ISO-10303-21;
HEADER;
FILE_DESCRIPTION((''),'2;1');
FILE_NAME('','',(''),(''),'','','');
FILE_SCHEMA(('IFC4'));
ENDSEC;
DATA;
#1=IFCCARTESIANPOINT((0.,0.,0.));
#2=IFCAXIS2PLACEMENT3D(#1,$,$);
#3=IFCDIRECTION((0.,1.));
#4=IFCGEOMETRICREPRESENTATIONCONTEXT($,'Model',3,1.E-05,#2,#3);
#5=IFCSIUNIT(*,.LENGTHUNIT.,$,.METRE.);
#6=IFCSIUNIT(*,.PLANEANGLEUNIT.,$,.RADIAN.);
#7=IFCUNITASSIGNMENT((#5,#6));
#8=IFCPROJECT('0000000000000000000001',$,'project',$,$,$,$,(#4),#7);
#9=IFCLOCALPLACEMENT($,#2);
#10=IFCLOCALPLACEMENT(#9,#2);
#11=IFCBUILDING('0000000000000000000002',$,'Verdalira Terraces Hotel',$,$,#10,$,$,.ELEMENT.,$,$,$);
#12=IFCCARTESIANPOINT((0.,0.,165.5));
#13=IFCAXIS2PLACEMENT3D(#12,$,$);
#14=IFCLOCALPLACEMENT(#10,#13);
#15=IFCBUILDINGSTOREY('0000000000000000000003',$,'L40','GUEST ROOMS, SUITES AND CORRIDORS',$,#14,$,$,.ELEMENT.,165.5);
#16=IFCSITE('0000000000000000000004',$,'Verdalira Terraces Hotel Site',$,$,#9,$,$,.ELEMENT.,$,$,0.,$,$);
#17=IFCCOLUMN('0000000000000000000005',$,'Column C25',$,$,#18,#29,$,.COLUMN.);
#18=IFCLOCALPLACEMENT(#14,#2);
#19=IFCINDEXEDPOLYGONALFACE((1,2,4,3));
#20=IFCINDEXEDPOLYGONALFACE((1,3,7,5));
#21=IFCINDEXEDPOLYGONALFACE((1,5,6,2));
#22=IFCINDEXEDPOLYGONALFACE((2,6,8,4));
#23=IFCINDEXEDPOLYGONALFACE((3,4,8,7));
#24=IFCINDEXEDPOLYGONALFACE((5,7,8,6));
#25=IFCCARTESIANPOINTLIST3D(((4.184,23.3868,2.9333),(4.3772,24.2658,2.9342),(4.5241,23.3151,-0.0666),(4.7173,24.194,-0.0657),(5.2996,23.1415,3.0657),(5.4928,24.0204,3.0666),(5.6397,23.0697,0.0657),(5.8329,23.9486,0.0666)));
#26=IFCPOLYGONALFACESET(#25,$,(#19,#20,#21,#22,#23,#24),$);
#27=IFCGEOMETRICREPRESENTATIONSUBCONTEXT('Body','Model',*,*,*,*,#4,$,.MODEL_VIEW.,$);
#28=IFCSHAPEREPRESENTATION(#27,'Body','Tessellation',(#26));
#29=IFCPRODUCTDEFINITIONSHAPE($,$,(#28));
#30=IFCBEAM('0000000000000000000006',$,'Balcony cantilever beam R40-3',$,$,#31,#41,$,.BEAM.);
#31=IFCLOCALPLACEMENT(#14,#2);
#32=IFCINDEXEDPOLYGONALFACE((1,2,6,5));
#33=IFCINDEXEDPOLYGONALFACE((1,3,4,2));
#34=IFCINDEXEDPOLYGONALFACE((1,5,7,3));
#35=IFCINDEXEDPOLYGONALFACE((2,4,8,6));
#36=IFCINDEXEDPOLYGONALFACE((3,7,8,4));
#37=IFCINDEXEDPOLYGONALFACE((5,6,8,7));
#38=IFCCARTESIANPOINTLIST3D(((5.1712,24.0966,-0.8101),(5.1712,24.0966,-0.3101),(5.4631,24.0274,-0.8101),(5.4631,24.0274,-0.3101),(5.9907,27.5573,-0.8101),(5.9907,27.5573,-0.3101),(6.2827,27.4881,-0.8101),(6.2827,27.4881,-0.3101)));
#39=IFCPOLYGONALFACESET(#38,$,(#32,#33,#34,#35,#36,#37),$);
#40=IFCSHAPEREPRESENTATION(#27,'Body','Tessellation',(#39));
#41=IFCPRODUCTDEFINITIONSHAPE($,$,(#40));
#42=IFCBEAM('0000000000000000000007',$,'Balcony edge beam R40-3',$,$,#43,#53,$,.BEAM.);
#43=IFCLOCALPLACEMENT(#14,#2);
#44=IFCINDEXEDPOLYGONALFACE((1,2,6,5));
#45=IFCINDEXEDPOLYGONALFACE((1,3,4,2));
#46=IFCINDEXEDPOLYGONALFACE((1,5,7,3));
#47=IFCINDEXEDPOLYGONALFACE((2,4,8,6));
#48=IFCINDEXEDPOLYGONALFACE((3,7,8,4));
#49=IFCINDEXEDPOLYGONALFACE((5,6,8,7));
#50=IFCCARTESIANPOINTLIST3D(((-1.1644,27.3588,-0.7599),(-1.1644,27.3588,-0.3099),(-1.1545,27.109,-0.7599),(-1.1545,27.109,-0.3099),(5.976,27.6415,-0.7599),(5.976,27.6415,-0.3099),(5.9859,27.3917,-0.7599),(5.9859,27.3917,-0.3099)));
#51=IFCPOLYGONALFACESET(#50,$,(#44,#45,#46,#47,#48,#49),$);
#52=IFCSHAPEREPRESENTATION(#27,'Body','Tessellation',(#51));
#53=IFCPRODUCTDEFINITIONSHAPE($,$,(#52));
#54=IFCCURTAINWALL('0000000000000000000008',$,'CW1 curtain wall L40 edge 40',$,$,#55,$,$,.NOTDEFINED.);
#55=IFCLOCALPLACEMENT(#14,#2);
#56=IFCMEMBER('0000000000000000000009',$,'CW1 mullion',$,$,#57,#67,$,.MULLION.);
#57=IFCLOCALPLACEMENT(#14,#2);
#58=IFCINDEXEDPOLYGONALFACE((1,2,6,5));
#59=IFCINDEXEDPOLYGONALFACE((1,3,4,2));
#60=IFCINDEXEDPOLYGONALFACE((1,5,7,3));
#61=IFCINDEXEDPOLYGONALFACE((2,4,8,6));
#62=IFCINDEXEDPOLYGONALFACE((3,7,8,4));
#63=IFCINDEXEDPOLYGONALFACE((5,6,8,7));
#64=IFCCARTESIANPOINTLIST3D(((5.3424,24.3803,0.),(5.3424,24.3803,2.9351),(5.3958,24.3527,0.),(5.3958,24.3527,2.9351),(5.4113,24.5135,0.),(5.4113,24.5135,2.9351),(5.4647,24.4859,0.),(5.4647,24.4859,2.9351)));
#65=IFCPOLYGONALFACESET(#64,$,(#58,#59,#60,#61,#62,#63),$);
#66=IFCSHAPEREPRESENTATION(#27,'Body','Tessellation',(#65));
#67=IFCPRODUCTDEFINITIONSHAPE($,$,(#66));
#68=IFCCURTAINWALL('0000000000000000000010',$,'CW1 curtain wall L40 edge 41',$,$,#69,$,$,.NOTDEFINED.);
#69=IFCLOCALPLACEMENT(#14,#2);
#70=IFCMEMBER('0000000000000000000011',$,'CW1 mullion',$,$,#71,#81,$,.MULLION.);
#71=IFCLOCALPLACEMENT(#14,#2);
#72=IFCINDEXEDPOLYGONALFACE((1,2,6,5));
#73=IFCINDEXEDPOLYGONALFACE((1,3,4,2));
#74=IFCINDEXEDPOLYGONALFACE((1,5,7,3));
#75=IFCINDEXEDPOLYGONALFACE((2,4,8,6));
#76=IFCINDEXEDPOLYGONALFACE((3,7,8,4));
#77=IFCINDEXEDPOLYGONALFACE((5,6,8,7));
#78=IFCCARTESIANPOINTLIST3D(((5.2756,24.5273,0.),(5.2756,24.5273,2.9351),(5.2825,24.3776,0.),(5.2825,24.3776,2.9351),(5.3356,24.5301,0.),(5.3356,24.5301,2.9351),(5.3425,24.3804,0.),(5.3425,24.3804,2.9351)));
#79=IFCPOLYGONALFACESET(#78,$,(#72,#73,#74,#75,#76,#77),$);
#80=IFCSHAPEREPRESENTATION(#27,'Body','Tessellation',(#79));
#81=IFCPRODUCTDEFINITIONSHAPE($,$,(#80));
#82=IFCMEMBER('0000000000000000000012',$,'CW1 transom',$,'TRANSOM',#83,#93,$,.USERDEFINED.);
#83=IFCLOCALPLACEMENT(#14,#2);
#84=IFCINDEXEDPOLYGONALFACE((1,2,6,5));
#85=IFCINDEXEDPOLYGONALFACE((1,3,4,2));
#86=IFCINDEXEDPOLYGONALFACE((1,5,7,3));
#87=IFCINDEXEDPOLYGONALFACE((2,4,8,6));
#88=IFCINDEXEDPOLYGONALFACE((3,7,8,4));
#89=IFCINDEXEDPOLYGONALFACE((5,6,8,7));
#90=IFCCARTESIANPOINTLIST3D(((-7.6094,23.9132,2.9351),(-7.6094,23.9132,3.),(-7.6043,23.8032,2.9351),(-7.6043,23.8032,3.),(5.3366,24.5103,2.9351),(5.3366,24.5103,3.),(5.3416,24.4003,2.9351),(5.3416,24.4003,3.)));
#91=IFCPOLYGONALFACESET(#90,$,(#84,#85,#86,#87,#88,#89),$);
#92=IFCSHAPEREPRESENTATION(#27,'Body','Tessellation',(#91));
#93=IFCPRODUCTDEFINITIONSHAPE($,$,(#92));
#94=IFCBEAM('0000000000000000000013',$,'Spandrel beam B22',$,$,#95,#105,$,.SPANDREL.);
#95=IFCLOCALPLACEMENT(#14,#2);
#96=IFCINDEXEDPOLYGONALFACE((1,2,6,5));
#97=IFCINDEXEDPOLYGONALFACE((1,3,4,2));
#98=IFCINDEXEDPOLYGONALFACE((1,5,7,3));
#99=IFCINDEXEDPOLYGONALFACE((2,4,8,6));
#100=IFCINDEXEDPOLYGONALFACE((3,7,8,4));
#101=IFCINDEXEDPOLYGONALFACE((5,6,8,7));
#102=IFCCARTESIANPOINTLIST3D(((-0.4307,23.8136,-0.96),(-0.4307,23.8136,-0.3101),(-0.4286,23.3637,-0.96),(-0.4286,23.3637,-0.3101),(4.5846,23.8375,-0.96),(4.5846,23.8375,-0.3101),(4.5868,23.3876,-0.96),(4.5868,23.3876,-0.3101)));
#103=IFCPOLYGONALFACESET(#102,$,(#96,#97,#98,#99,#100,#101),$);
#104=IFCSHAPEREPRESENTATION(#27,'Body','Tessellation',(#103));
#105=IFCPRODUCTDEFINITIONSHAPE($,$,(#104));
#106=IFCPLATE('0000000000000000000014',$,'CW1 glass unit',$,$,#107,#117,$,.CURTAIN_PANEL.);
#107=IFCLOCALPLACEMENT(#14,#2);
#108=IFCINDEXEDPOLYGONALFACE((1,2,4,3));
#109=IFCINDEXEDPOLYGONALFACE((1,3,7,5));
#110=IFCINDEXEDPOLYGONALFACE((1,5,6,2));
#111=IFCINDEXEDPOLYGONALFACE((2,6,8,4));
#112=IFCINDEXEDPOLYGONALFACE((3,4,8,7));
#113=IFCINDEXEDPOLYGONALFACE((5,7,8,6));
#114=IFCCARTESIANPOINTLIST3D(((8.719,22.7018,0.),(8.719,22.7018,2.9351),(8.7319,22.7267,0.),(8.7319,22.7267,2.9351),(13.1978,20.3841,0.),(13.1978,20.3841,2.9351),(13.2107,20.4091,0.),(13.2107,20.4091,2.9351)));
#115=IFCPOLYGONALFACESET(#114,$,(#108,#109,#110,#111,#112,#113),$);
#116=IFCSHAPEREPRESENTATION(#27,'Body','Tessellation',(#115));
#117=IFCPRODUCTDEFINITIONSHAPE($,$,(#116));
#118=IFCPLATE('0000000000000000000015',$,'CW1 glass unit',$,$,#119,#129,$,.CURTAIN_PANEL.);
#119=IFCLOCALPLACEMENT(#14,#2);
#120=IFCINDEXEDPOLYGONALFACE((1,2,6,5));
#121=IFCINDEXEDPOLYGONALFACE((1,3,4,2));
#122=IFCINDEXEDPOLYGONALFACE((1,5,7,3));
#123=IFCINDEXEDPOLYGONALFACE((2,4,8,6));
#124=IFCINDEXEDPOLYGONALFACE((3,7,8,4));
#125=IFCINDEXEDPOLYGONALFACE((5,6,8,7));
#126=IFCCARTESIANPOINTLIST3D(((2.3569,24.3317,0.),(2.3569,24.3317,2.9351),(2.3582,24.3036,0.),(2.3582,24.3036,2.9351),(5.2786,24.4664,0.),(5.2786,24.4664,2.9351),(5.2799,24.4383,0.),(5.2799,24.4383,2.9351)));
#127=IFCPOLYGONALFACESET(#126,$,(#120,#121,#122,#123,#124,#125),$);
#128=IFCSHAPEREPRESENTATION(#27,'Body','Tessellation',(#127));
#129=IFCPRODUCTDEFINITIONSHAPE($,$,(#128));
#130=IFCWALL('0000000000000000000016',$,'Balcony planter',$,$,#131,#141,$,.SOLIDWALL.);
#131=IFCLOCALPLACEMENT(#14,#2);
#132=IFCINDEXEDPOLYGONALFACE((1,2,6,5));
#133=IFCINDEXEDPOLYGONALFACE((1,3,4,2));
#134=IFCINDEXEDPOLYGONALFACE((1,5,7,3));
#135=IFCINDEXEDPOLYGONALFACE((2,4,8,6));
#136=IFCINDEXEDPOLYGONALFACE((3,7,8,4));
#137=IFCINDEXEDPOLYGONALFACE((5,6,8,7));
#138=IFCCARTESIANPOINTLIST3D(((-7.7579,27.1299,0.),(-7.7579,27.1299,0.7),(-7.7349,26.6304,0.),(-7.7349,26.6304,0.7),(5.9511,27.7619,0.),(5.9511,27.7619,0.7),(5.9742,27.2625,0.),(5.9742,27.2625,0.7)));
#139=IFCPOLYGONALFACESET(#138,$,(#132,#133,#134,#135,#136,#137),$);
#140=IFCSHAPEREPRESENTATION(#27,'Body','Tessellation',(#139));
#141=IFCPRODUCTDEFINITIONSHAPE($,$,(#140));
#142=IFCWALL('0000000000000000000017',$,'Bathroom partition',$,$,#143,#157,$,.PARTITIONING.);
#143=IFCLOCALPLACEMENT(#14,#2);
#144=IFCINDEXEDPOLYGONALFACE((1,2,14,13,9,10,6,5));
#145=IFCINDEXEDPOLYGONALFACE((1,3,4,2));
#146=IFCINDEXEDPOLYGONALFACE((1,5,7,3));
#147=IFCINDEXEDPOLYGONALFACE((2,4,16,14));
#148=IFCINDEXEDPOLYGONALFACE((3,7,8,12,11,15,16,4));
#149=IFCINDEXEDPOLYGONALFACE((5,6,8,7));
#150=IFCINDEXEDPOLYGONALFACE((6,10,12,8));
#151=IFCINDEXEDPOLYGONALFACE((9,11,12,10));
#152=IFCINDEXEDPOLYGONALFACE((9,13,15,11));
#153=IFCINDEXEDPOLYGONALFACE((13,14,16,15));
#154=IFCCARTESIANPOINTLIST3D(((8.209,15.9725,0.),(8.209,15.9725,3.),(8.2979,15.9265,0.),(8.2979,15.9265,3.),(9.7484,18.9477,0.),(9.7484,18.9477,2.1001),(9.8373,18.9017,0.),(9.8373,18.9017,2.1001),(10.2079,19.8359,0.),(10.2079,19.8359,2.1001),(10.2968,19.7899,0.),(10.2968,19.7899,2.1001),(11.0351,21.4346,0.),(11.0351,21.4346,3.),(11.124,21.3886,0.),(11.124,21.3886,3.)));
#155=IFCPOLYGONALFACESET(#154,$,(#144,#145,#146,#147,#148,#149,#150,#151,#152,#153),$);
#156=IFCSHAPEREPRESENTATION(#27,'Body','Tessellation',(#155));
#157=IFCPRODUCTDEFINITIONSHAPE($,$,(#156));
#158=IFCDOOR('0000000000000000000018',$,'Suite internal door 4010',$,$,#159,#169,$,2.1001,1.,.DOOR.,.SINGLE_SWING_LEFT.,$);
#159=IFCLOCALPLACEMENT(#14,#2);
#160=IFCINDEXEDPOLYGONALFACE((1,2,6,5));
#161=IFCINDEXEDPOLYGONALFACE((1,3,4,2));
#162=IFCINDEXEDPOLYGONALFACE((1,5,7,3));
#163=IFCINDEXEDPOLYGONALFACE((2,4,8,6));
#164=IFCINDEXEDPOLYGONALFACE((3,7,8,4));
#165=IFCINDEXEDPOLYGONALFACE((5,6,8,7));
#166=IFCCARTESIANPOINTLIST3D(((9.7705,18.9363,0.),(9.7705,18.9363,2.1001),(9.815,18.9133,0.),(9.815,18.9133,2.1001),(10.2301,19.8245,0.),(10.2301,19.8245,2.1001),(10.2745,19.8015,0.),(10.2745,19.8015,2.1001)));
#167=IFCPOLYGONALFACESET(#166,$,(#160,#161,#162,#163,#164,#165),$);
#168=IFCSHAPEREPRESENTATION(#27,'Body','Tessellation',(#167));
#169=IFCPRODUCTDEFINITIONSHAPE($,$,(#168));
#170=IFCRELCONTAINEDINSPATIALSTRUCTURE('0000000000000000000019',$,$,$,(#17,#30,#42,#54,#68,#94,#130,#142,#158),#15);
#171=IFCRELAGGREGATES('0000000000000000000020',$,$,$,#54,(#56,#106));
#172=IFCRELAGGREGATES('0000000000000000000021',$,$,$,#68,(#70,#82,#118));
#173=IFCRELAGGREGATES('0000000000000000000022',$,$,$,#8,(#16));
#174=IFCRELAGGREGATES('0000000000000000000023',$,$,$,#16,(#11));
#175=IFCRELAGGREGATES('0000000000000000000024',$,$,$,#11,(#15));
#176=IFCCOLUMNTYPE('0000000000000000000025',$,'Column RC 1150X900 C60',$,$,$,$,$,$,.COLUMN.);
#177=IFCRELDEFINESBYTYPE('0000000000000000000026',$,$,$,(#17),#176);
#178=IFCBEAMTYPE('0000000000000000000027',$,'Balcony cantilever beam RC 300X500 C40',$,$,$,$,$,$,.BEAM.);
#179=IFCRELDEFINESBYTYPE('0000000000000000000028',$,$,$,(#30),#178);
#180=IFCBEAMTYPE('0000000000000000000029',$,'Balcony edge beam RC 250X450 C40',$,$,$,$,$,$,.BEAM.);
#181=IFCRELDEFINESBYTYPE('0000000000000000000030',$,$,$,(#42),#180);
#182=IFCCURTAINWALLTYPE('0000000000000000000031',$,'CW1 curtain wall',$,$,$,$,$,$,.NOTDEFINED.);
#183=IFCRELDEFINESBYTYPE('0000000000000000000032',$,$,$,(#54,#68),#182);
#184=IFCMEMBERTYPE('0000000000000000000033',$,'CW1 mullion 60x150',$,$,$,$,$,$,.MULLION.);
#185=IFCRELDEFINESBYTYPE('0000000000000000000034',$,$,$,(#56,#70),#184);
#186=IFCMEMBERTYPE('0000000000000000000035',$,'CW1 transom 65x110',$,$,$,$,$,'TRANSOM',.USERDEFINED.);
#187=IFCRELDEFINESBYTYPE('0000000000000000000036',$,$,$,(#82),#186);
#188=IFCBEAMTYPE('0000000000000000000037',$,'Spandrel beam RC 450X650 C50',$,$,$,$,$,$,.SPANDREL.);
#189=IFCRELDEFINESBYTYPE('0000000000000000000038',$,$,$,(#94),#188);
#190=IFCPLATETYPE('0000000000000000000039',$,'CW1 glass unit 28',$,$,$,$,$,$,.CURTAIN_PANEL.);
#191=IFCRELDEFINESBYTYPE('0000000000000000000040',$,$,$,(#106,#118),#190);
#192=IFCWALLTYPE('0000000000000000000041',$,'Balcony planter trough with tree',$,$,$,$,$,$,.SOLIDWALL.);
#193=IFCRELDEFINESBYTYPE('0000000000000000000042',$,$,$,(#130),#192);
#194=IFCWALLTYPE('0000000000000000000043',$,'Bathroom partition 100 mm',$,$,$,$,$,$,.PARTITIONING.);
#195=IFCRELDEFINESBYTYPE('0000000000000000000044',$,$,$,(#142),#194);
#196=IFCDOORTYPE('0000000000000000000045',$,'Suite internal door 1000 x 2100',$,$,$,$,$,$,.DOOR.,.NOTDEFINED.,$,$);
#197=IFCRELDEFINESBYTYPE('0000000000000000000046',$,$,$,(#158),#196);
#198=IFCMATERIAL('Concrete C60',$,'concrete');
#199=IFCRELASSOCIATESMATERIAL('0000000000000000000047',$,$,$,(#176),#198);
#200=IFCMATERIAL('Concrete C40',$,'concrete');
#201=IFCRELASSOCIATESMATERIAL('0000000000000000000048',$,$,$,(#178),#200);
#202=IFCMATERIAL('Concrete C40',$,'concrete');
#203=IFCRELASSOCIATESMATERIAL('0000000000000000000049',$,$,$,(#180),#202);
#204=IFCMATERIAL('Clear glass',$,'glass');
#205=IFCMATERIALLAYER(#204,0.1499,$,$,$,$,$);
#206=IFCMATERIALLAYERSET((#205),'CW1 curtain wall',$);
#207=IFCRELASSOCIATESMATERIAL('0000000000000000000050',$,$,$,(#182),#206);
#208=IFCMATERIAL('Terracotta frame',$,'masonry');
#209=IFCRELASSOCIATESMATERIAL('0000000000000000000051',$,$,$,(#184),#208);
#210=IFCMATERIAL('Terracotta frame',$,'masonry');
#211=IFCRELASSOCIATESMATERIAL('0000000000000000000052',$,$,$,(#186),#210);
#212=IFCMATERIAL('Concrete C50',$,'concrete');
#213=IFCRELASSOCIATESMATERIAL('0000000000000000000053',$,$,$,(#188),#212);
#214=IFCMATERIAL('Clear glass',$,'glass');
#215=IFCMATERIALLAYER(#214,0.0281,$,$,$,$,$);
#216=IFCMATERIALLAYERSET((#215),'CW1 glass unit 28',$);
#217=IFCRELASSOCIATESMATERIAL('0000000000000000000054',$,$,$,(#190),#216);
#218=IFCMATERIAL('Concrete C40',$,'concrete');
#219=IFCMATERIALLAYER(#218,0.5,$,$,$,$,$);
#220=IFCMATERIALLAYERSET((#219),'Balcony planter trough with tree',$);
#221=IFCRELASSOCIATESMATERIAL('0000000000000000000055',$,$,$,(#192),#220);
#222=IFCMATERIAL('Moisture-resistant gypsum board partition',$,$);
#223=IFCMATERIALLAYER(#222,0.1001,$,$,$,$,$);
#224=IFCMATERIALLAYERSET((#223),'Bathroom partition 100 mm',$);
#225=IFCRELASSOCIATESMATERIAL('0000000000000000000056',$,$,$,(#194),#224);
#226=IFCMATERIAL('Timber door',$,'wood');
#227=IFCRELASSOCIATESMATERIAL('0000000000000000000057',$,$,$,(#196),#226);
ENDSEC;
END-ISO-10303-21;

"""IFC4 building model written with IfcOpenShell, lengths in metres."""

from ifc_helpers import new_model, si_unit, direction, frame, frame_2d, origin, origin_2d, place, context, subcontext, project, spatial, rectangle, extrude, material, layer, layer_set, material_profile, profile_set, type_object, element, fill, aggregate, save


model = new_model("IFC4")

# Units and contexts
model_context = context("Model", 3, precision=1e-05, world=origin(), true_north=direction((0.0, 1.0)))
body_context = subcontext(model_context, "Body", "Model", "MODEL_VIEW")
ifc_project = project(units=[si_unit("LENGTHUNIT", "METRE"), si_unit("PLANEANGLEUNIT", "RADIAN")], contexts=[model_context])

# Site, building, storey
site_placement = place(None, origin())
site = spatial("IfcSite", under=ifc_project, at=site_placement, Name="Verdalira Terraces Hotel Site", CompositionType="ELEMENT", RefElevation=0.0)
building_placement = place(site_placement, origin())
building = spatial("IfcBuilding", under=site, at=building_placement, Name="Verdalira Terraces Hotel", CompositionType="ELEMENT")
storey_placement = place(building_placement, frame((0.0, 0.0, 165.5)))
storey = spatial("IfcBuildingStorey", under=building, at=storey_placement, Name="L40", Description="GUEST ROOMS, SUITES AND CORRIDORS", CompositionType="ELEMENT", Elevation=165.5)

# Column
ifc_material_1 = material(Name="Concrete C60", Category="concrete")
ifc_material_profile_1 = material_profile(ifc_material_1, rectangle(XDim=1.1499, YDim=0.8999, at=origin_2d()), Name="RC 1150X900")
ifc_profile_set_1 = profile_set([ifc_material_profile_1], Name="Concrete C60")
column_type = type_object("IfcColumnType", Name="Column RC 1150X900 C60", PredefinedType="COLUMN", material=ifc_profile_set_1)
column_placement = place(storey_placement, frame((5.1785, 23.6318, 0.0), z_axis=(-0.112609, 0.023767, 0.993355), x_axis=(0.970168, -0.213378, 0.115086)))
element("IfcColumn", 1, at=column_placement, inside=storey, type_object=column_type, Name="Column C25", PredefinedType="COLUMN", context=body_context, shape_type="SweptSolid", body=[
    extrude(rectangle(XDim=1.1499, YDim=0.8999, at=origin_2d()), origin(), (0.0, 0.0, 1.0), 3.02),
])

# Beams
ifc_material_2 = material(Name="Concrete C40", Category="concrete")
ifc_material_profile_2 = material_profile(ifc_material_2, rectangle(XDim=0.3, YDim=0.5, at=origin_2d()), Name="RC 300X500")
ifc_profile_set_2 = profile_set([ifc_material_profile_2], Name="Concrete C40")
beam_type_1 = type_object("IfcBeamType", Name="Balcony cantilever beam RC 300X500 C40", PredefinedType="BEAM", material=ifc_profile_set_2)
beam_1_placement = place(storey_placement, frame((5.3171, 24.062, -0.5601), z_axis=(0.230451, 0.973084, 0.0), x_axis=(-0.973084, 0.230451, 0.0)))
element("IfcBeam", 2, at=beam_1_placement, inside=storey, type_object=beam_type_1, Name="Balcony cantilever beam R40-3", PredefinedType="BEAM", context=body_context, shape_type="SweptSolid", body=[
    extrude(rectangle(XDim=0.3, YDim=0.5, at=origin_2d()), origin(), (0.0, 0.0, 1.0), 3.5564),
])
ifc_material_3 = material(Name="Concrete C40", Category="concrete")
ifc_material_profile_3 = material_profile(ifc_material_3, rectangle(XDim=0.25, YDim=0.45, at=origin_2d()), Name="RC 250X450")
ifc_profile_set_3 = profile_set([ifc_material_profile_3], Name="Concrete C40")
beam_type_2 = type_object("IfcBeamType", Name="Balcony edge beam RC 250X450 C40", PredefinedType="BEAM", material=ifc_profile_set_3)
beam_2_placement = place(storey_placement, frame((5.981, 27.5166, -0.5349), z_axis=(-0.999217, -0.039563, 0.0), x_axis=(0.039563, -0.999217, 0.0)))
element("IfcBeam", 3, at=beam_2_placement, inside=storey, type_object=beam_type_2, Name="Balcony edge beam R40-3", PredefinedType="BEAM", context=body_context, shape_type="SweptSolid", body=[
    extrude(rectangle(XDim=0.25, YDim=0.45, at=origin_2d()), origin(), (0.0, 0.0, 1.0), 7.146),
])

# Curtain wall, member
ifc_material_4 = material(Name="Clear glass", Category="glass")
ifc_layer_1 = layer(ifc_material_4, 0.1499)
ifc_layer_set_1 = layer_set([ifc_layer_1], Name="CW1 curtain wall")
curtain_wall_type = type_object("IfcCurtainWallType", Name="CW1 curtain wall", PredefinedType="NOTDEFINED", material=ifc_layer_set_1)
curtain_wall_1_placement = place(storey_placement, origin())
curtain_wall_1 = element("IfcCurtainWall", 4, at=curtain_wall_1_placement, inside=storey, type_object=curtain_wall_type, Name="CW1 curtain wall L40 edge 40", PredefinedType="NOTDEFINED")
ifc_material_5 = material(Name="Terracotta frame", Category="masonry")
ifc_material_profile_4 = material_profile(ifc_material_5, rectangle(XDim=0.0601, YDim=0.1499, at=origin_2d()), Name="MU 60x150")
ifc_profile_set_4 = profile_set([ifc_material_profile_4], Name="Terracotta frame")
member_type_1 = type_object("IfcMemberType", Name="CW1 mullion 60x150", PredefinedType="MULLION", material=ifc_profile_set_4)
member_1_placement = place(storey_placement, frame((5.4036, 24.4331, 0.0), z_axis=(0.0, 0.0, 1.0), x_axis=(-0.888136, 0.45958, 0.0)))
member_1 = element("IfcMember", 5, at=member_1_placement, type_object=member_type_1, Name="CW1 mullion", PredefinedType="MULLION", context=body_context, shape_type="SweptSolid", body=[
    extrude(rectangle(XDim=0.0601, YDim=0.1499, at=origin_2d()), origin(), (0.0, 0.0, 1.0), 2.9351),
])

# Curtain wall, members
curtain_wall_2_placement = place(storey_placement, origin())
curtain_wall_2 = element("IfcCurtainWall", 6, at=curtain_wall_2_placement, inside=storey, type_object=curtain_wall_type, Name="CW1 curtain wall L40 edge 41", PredefinedType="NOTDEFINED")
member_2_placement = place(storey_placement, frame((5.3091, 24.4539, 0.0), z_axis=(0.0, 0.0, 1.0), x_axis=(-0.998939, -0.04606, 0.0)))
member_2 = element("IfcMember", 7, at=member_2_placement, type_object=member_type_1, Name="CW1 mullion", PredefinedType="MULLION", context=body_context, shape_type="SweptSolid", body=[
    extrude(rectangle(XDim=0.0601, YDim=0.1499, at=origin_2d()), origin(), (0.0, 0.0, 1.0), 2.9351),
])
ifc_material_6 = material(Name="Terracotta frame", Category="masonry")
ifc_material_profile_5 = material_profile(ifc_material_6, rectangle(XDim=0.1101, YDim=0.0649, at=origin_2d()), Name="TR 65x110")
ifc_profile_set_5 = profile_set([ifc_material_profile_5], Name="Terracotta frame")
member_type_2 = type_object("IfcMemberType", Name="CW1 transom 65x110", ElementType="TRANSOM", PredefinedType="USERDEFINED", material=ifc_profile_set_5)
member_3_placement = place(storey_placement, frame((5.3391, 24.4553, 2.9675), z_axis=(-0.998938, -0.046078, 0.0), x_axis=(0.046078, -0.998938, 0.0)))
member_3 = element("IfcMember", 8, at=member_3_placement, type_object=member_type_2, Name="CW1 transom", ObjectType="TRANSOM", PredefinedType="USERDEFINED", context=body_context, shape_type="SweptSolid", body=[
    extrude(rectangle(XDim=0.1101, YDim=0.0649, at=origin_2d()), origin(), (0.0, 0.0, 1.0), 12.9597),
])

# Beam
ifc_material_7 = material(Name="Concrete C50", Category="concrete")
ifc_material_profile_6 = material_profile(ifc_material_7, rectangle(XDim=0.45, YDim=0.6499, at=origin_2d()), Name="RC 450X650")
ifc_profile_set_6 = profile_set([ifc_material_profile_6], Name="Concrete C50")
beam_type_3 = type_object("IfcBeamType", Name="Spandrel beam RC 450X650 C50", PredefinedType="SPANDREL", material=ifc_profile_set_6)
beam_3_placement = place(storey_placement, frame((4.5857, 23.6125, -0.635), z_axis=(-0.999989, -0.00477, 0.0), x_axis=(0.00477, -0.999989, 0.0)))
element("IfcBeam", 9, at=beam_3_placement, inside=storey, type_object=beam_type_3, Name="Spandrel beam B22", PredefinedType="SPANDREL", context=body_context, shape_type="SweptSolid", body=[
    extrude(rectangle(XDim=0.45, YDim=0.6499, at=origin_2d()), origin(), (0.0, 0.0, 1.0), 5.0154),
])

# Plates
ifc_material_8 = material(Name="Clear glass", Category="glass")
ifc_layer_2 = layer(ifc_material_8, 0.0281)
ifc_layer_set_2 = layer_set([ifc_layer_2], Name="CW1 glass unit 28")
plate_type = type_object("IfcPlateType", Name="CW1 glass unit 28", PredefinedType="CURTAIN_PANEL", material=ifc_layer_set_2)
plate_1_placement = place(storey_placement, frame((10.9648, 21.5554, 0.0), z_axis=(0.0, 0.0, 1.0), x_axis=(-0.888136, 0.45958, 0.0)))
plate_1 = element("IfcPlate", 10, at=plate_1_placement, type_object=plate_type, Name="CW1 glass unit", PredefinedType="CURTAIN_PANEL", context=body_context, shape_type="SweptSolid", body=[
    extrude(rectangle(XDim=5.043, YDim=0.0281, at=origin_2d()), origin(), (0.0, 0.0, 1.0), 2.9351),
])
aggregate(curtain_wall_1, [member_1, plate_1])
plate_2_placement = place(storey_placement, frame((3.8184, 24.385, 0.0), z_axis=(0.0, 0.0, 1.0), x_axis=(-0.998939, -0.04606, 0.0)))
plate_2 = element("IfcPlate", 11, at=plate_2_placement, type_object=plate_type, Name="CW1 glass unit", PredefinedType="CURTAIN_PANEL", context=body_context, shape_type="SweptSolid", body=[
    extrude(rectangle(XDim=2.9248, YDim=0.0281, at=origin_2d()), origin(), (0.0, 0.0, 1.0), 2.9351),
])
aggregate(curtain_wall_2, [member_2, member_3, plate_2])

# Wall
ifc_material_9 = material(Name="Concrete C40", Category="concrete")
ifc_layer_3 = layer(ifc_material_9, 0.5)
ifc_layer_set_3 = layer_set([ifc_layer_3], Name="Balcony planter trough with tree")
wall_type_1 = type_object("IfcWallType", Name="Balcony planter trough with tree", PredefinedType="SOLIDWALL", material=ifc_layer_set_3)
wall_1_placement = place(storey_placement, frame((5.9626, 27.5122, 0.0), z_axis=(0.0, 0.0, 1.0), x_axis=(-0.998939, -0.046058, 0.0)))
element("IfcWall", 12, at=wall_1_placement, inside=storey, type_object=wall_type_1, Name="Balcony planter", PredefinedType="SOLIDWALL", context=body_context, shape_type="SweptSolid", body=[
    extrude(rectangle(XDim=13.7236, YDim=0.5, at=frame_2d((6.8618, 0.0))), origin(), (0.0, 0.0, 1.0), 0.7),
])

# Wall, opening, door
ifc_material_10 = material(Name="Moisture-resistant gypsum board partition")
ifc_layer_4 = layer(ifc_material_10, 0.1001)
ifc_layer_set_4 = layer_set([ifc_layer_4], Name="Bathroom partition 100 mm")
wall_type_2 = type_object("IfcWallType", Name="Bathroom partition 100 mm", PredefinedType="PARTITIONING", material=ifc_layer_set_4)
wall_2_placement = place(storey_placement, frame((11.0796, 21.4116, 0.0), z_axis=(0.0, 0.0, 1.0), x_axis=(-0.459541, -0.888157, 0.0)))
wall_2 = element("IfcWall", 13, at=wall_2_placement, inside=storey, type_object=wall_type_2, Name="Bathroom partition", PredefinedType="PARTITIONING", context=body_context, shape_type="SweptSolid", body=[
    extrude(rectangle(XDim=6.1499, YDim=0.1001, at=frame_2d((3.075, 0.0))), origin(), (0.0, 0.0, 1.0), 3.0),
])
opening_1_placement = place(wall_2_placement, frame((1.8, 0.0, 0.0)))
opening_1 = element("IfcOpeningElement", 14, at=opening_1_placement, cuts=wall_2, PredefinedType="OPENING", context=body_context, shape_type="SweptSolid", body=[
    extrude(rectangle(XDim=1.0, YDim=2.1001, at=frame_2d((0.5, 1.05))), frame((0.0, 0.0601, 0.0), z_axis=(0.0, -1.0, 0.0), x_axis=(1.0, 0.0, 0.0)), (0.0, 0.0, 1.0), 0.1201),
])
ifc_material_11 = material(Name="Timber door", Category="wood")
door_type_1 = type_object("IfcDoorType", Name="Suite internal door 1000 x 2100", OperationType="NOTDEFINED", PredefinedType="DOOR", material=ifc_material_11)
door_1_placement = place(opening_1_placement, origin())
door_1 = element("IfcDoor", 15, at=door_1_placement, inside=storey, type_object=door_type_1, Name="Suite internal door 4010", OperationType="SINGLE_SWING_LEFT", OverallHeight=2.1001, OverallWidth=1.0, PredefinedType="DOOR", context=body_context, shape_type="SweptSolid", body=[
    extrude(rectangle(XDim=1.0, YDim=2.1001, at=frame_2d((0.5, 1.05))), frame((0.0, 0.0249, 0.0), z_axis=(0.0, -1.0, 0.0), x_axis=(1.0, 0.0, 0.0)), (0.0, 0.0, 1.0), 0.05),
])
fill(opening_1, door_1)

save(model, "model.ifc")
